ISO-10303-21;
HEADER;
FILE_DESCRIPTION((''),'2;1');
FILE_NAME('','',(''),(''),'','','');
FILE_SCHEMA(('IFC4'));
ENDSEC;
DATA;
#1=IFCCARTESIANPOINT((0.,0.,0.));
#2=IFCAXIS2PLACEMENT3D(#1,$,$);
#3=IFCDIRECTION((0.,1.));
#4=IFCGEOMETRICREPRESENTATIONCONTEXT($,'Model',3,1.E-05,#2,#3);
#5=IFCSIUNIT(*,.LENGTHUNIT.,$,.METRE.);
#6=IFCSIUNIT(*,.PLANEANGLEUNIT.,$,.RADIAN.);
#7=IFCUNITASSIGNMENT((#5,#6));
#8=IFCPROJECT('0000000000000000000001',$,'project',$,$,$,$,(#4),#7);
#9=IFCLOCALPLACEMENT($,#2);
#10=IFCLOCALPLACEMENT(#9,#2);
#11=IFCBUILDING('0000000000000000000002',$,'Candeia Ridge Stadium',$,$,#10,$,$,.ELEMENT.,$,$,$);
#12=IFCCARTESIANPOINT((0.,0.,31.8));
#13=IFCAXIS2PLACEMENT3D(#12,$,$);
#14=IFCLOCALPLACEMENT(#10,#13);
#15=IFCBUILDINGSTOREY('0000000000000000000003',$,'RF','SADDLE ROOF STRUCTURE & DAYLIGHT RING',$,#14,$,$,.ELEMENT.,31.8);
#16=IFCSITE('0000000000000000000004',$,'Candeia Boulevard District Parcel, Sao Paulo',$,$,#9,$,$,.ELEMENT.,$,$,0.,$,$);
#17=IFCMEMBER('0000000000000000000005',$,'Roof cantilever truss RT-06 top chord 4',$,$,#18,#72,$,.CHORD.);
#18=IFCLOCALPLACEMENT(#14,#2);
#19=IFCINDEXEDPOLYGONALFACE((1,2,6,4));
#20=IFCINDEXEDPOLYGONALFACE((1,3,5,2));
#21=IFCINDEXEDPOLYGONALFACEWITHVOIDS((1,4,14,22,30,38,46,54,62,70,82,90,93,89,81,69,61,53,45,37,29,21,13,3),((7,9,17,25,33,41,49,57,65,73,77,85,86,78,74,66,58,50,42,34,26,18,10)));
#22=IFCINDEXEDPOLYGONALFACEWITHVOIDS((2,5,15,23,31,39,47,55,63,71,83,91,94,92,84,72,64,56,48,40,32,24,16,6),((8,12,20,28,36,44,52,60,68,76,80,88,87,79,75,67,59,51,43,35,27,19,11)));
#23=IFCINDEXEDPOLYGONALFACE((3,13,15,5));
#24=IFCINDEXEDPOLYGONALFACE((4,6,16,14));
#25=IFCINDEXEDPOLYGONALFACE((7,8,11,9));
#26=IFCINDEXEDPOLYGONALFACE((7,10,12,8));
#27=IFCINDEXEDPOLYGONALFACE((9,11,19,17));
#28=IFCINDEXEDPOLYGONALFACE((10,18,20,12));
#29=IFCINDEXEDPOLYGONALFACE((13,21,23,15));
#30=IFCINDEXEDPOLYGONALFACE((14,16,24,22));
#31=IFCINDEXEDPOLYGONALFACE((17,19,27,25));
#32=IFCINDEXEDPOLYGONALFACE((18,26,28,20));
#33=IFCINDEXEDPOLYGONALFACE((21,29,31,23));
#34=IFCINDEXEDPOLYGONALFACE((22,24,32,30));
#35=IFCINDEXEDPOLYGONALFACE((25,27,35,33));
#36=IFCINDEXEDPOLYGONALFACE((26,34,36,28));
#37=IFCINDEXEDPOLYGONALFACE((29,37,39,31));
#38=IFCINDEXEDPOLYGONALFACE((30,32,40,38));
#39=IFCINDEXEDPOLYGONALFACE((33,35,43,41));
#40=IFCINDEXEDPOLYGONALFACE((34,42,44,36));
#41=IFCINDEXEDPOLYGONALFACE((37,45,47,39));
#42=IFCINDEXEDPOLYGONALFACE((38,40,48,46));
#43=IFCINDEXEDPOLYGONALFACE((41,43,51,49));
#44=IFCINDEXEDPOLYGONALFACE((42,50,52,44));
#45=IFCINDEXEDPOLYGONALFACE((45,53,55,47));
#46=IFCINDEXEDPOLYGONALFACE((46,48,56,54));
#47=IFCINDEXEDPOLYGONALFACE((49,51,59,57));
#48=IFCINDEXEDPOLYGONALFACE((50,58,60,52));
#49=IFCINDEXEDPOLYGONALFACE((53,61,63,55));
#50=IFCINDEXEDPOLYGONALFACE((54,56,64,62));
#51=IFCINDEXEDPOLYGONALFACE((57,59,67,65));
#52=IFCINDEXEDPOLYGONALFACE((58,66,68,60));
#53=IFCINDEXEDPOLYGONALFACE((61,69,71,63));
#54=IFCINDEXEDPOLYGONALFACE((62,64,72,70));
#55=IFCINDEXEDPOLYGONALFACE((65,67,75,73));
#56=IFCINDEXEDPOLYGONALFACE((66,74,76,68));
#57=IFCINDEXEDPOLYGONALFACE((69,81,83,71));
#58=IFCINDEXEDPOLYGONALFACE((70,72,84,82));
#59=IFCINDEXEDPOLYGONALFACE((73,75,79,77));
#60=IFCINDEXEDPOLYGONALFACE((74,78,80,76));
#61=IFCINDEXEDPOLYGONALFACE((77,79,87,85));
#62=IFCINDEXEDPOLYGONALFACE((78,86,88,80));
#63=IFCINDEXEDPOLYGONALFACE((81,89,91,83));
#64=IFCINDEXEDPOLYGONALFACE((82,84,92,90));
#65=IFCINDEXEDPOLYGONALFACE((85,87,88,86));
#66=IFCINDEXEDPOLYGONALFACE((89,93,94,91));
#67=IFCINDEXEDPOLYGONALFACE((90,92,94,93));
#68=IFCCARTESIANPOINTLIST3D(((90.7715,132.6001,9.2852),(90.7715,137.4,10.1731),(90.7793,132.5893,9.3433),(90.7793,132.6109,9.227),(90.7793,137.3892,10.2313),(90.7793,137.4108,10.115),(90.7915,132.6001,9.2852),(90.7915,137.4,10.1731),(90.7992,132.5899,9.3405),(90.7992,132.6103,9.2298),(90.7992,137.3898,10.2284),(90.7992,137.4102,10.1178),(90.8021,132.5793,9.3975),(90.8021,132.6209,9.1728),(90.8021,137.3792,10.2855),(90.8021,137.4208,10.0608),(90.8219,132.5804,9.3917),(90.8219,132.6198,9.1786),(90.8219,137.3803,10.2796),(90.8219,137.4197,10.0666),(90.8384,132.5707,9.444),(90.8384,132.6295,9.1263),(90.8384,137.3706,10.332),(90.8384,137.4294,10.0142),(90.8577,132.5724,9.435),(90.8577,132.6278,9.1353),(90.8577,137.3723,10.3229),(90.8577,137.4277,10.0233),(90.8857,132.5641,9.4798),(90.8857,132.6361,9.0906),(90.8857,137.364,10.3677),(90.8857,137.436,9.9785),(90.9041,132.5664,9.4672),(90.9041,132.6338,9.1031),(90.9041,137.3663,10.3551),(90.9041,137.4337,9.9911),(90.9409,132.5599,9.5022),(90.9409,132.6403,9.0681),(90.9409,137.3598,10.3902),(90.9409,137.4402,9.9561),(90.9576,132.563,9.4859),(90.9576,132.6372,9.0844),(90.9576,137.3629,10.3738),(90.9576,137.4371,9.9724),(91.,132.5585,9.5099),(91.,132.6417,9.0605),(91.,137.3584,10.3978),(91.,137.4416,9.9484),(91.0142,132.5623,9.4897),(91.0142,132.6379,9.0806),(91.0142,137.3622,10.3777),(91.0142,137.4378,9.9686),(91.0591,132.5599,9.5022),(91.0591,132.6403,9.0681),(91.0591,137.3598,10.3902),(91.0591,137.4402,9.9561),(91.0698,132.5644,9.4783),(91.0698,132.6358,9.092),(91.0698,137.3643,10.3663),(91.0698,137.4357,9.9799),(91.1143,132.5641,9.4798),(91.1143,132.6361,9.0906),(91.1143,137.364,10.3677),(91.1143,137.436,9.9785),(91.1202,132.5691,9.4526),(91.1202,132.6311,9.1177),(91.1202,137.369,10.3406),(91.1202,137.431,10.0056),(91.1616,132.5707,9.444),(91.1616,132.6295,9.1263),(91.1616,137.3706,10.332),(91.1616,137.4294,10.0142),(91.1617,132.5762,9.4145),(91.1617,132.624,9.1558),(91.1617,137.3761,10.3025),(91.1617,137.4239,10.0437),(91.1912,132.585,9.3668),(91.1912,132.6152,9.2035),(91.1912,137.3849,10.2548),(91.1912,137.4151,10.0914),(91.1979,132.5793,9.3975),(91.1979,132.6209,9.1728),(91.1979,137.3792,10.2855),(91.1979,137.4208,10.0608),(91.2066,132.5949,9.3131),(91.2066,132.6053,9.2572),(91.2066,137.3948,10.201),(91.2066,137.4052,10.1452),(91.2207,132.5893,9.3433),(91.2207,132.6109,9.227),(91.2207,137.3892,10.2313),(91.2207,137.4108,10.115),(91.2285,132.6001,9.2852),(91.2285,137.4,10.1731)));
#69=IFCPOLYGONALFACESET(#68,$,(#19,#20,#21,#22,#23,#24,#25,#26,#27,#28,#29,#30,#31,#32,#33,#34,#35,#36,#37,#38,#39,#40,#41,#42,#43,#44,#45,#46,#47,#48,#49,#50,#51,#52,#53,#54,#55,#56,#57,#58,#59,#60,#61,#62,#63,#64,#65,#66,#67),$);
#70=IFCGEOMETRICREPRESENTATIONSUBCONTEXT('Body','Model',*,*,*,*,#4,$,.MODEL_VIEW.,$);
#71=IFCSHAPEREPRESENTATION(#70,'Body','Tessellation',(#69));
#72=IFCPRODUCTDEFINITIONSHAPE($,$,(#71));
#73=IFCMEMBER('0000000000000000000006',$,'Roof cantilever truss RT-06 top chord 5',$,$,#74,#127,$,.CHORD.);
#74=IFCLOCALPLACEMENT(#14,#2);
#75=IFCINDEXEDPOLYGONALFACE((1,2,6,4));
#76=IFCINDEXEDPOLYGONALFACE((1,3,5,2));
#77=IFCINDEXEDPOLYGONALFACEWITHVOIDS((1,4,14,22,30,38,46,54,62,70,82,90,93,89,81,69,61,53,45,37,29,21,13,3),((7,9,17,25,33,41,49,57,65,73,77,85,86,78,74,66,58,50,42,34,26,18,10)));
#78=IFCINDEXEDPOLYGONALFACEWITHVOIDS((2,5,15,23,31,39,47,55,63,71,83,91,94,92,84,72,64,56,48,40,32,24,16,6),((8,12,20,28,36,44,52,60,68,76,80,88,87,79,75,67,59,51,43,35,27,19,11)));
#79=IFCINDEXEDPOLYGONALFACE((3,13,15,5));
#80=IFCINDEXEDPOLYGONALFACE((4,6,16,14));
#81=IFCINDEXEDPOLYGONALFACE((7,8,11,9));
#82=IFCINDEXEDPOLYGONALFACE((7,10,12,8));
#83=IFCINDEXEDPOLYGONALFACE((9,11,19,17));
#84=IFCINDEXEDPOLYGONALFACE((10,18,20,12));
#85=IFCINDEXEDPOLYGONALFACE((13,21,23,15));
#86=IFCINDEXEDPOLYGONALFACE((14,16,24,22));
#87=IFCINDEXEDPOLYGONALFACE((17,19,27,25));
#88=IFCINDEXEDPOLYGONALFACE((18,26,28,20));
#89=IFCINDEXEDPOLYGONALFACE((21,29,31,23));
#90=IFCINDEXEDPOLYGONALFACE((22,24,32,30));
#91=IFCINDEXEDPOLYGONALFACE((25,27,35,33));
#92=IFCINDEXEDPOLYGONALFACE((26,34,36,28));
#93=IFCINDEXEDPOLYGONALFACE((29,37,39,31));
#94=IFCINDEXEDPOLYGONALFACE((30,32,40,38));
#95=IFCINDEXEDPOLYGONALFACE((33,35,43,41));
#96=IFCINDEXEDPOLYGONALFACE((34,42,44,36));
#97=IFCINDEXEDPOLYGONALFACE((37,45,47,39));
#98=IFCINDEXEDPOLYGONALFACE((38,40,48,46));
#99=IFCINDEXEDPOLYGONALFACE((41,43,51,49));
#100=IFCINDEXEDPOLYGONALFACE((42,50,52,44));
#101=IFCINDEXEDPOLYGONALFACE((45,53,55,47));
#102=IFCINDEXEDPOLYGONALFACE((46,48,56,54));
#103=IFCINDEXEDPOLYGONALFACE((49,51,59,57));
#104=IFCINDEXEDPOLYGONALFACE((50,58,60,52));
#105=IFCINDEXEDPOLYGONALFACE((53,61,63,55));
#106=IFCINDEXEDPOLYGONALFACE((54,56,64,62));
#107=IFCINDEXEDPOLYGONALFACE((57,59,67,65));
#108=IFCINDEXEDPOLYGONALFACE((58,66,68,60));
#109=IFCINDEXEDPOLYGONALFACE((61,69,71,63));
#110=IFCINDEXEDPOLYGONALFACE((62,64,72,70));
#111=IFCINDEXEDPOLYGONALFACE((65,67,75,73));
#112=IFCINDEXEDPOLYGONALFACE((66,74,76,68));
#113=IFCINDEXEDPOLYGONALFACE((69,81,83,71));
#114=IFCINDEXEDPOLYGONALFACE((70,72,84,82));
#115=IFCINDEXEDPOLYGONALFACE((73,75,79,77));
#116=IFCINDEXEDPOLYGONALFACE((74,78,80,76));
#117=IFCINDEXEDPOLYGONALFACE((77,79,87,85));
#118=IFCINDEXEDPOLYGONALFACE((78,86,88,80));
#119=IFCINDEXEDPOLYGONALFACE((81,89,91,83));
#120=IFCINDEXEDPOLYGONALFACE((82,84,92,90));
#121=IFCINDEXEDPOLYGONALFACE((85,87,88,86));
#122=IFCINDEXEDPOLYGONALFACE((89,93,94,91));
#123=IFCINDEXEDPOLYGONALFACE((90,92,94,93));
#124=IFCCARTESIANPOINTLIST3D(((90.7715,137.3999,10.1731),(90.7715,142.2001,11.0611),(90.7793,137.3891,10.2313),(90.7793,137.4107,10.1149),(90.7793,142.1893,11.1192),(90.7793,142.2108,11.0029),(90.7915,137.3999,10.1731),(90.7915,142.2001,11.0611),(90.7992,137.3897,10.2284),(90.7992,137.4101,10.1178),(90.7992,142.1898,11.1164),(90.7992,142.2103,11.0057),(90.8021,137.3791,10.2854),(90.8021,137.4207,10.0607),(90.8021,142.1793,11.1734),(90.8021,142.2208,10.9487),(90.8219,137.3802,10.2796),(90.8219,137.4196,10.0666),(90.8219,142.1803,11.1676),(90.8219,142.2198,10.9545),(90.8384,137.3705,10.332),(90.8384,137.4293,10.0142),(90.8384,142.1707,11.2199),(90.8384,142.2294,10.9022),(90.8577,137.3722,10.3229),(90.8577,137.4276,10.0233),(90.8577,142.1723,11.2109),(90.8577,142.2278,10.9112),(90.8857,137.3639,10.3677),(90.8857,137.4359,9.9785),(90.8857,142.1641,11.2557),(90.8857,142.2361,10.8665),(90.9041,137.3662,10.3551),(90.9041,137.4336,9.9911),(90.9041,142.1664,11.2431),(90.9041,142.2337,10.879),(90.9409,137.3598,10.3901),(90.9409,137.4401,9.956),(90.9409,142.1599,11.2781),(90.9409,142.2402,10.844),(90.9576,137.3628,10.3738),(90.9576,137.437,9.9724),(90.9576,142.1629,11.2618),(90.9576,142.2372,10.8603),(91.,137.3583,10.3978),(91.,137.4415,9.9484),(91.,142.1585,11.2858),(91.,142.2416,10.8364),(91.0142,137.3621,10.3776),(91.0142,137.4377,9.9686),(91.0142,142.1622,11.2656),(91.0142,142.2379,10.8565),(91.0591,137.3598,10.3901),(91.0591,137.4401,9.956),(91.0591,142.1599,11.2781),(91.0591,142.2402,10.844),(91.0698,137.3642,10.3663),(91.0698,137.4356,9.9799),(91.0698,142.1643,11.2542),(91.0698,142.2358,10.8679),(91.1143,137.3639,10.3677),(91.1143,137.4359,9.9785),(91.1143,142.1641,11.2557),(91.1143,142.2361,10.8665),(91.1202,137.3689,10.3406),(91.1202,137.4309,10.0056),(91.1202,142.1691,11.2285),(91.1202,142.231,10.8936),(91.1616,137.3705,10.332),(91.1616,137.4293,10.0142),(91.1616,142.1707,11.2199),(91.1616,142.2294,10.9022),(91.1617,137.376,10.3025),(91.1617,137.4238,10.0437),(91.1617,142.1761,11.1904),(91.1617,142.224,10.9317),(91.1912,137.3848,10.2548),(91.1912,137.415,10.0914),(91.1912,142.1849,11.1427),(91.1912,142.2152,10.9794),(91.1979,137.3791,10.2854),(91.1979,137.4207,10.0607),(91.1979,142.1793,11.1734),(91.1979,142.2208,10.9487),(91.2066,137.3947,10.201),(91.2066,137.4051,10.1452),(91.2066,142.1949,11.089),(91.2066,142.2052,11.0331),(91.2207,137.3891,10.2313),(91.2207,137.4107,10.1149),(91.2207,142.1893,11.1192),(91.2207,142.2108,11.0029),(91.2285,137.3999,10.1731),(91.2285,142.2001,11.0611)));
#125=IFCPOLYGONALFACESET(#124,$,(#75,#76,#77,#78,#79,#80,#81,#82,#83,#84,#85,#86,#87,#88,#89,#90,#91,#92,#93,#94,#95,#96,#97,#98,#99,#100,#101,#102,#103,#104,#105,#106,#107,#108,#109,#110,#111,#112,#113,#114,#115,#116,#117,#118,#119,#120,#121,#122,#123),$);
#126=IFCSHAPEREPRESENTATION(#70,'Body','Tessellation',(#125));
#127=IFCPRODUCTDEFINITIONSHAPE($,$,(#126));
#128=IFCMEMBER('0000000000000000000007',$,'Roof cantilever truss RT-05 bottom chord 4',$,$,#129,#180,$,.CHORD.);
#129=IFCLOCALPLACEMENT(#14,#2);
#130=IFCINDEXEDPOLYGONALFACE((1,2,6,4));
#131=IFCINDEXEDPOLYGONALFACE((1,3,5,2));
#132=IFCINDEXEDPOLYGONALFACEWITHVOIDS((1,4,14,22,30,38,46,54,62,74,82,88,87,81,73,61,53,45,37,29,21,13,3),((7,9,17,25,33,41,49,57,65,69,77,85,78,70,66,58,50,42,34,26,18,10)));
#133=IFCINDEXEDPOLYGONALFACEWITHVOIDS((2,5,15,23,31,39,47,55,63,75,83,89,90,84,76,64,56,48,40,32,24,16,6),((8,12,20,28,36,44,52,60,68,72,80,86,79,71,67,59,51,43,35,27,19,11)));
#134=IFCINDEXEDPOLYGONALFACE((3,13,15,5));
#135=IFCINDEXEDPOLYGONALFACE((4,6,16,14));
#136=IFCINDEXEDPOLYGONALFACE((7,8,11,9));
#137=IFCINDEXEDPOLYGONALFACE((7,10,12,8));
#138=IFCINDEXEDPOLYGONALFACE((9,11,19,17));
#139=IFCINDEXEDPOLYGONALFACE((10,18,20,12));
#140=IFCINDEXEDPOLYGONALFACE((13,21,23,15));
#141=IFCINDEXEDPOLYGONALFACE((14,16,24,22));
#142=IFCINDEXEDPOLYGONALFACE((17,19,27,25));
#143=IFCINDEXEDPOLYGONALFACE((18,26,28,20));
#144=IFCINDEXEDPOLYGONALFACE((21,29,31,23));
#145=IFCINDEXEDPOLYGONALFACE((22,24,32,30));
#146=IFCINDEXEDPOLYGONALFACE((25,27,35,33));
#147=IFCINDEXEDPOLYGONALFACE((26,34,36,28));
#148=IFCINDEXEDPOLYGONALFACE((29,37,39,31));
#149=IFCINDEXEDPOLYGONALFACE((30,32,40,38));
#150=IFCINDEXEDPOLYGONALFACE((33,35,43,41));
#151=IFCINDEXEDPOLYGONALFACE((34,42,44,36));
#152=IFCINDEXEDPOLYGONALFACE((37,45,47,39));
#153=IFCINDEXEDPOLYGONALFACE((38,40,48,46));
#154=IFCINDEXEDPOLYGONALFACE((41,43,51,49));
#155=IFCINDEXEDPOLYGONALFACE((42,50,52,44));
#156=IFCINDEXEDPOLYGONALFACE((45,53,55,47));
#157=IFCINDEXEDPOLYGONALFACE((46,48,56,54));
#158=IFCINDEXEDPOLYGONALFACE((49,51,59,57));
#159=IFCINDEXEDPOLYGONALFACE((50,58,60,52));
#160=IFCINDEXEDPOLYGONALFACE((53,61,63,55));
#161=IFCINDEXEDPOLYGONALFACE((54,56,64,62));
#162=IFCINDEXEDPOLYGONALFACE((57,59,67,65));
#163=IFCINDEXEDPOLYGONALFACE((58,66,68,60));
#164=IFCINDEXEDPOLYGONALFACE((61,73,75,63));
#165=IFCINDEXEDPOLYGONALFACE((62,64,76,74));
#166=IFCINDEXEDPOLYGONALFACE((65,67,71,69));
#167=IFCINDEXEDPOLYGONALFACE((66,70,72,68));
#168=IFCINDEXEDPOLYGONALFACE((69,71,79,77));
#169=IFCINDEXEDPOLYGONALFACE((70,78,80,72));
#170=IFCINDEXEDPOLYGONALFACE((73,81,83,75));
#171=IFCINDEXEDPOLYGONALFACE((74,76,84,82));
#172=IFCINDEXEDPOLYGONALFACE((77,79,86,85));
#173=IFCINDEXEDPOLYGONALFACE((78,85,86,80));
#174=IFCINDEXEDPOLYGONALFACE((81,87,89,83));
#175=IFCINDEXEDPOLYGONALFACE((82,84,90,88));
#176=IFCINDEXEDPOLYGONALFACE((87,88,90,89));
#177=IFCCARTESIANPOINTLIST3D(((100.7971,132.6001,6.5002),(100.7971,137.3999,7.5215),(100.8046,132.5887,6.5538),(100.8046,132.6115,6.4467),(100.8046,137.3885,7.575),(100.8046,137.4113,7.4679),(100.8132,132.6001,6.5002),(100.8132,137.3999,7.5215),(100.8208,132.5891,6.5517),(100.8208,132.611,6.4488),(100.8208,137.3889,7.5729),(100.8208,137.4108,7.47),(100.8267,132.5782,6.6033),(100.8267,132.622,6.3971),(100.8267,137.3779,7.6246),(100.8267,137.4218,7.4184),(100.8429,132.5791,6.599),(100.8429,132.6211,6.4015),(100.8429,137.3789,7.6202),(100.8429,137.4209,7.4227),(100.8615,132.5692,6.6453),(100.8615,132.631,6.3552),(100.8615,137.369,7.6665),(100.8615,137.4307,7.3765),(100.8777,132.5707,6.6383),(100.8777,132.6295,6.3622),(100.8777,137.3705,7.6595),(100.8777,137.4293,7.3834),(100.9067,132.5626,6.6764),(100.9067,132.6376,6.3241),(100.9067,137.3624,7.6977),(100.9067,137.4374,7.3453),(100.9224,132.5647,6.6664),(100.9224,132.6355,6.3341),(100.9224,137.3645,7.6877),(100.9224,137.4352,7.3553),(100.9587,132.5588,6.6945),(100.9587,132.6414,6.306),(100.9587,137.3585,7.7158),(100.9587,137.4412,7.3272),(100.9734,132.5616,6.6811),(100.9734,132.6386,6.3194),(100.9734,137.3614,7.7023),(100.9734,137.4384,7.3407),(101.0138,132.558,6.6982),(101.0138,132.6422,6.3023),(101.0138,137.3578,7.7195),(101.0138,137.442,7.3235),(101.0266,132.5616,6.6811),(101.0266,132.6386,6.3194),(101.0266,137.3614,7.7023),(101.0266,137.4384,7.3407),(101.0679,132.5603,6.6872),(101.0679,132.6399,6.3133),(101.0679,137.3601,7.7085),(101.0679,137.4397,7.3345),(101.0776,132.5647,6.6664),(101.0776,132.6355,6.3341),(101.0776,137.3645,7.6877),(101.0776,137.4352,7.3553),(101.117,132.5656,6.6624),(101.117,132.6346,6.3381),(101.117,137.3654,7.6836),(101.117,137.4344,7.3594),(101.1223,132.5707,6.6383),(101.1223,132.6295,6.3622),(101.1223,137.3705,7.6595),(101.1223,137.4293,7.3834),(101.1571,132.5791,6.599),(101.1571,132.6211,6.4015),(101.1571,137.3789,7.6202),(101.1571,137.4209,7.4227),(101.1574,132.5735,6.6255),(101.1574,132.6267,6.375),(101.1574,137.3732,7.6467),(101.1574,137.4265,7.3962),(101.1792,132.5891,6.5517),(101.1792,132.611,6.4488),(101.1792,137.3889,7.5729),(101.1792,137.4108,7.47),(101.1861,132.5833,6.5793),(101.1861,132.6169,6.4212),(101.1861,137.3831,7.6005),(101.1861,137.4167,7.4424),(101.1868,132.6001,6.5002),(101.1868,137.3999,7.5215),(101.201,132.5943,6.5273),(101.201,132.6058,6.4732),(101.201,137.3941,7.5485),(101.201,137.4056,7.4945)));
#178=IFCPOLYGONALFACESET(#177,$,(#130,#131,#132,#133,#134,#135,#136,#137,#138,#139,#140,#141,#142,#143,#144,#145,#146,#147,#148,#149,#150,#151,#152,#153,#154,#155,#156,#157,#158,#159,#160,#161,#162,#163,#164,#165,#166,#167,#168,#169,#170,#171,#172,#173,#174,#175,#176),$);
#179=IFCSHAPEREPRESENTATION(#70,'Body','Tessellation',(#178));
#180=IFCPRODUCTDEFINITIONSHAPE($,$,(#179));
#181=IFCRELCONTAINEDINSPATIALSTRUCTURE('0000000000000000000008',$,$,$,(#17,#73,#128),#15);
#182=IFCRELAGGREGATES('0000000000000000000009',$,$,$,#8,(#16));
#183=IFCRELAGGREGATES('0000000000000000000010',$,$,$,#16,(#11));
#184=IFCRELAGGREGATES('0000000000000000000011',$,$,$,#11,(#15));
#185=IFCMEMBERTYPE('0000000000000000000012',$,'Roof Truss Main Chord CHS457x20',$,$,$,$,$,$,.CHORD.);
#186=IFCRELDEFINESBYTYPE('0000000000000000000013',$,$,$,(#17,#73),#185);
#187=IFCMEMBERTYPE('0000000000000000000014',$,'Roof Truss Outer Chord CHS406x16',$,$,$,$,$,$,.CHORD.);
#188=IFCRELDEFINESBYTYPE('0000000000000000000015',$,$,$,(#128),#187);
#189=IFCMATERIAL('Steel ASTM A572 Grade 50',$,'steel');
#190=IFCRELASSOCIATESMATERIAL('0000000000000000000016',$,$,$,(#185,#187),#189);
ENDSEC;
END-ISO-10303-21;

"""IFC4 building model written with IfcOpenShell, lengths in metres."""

from ifc_helpers import new_model, si_unit, direction, frame, origin, origin_2d, place, context, subcontext, project, spatial, hollow_circle, extrude, material, material_profile, profile_set, type_object, element, save


model = new_model("IFC4")

# Units and contexts
model_context = context("Model", 3, precision=1e-05, world=origin(), true_north=direction((0.0, 1.0)))
body_context = subcontext(model_context, "Body", "Model", "MODEL_VIEW")
ifc_project = project(units=[si_unit("LENGTHUNIT", "METRE"), si_unit("PLANEANGLEUNIT", "RADIAN")], contexts=[model_context])

# Site, building, storey
site_placement = place(None, origin())
site = spatial("IfcSite", under=ifc_project, at=site_placement, Name="Candeia Boulevard District Parcel, Sao Paulo", CompositionType="ELEMENT", RefElevation=0.0)
building_placement = place(site_placement, origin())
building = spatial("IfcBuilding", under=site, at=building_placement, Name="Candeia Ridge Stadium", CompositionType="ELEMENT")
storey_placement = place(building_placement, frame((0.0, 0.0, 31.8)))
storey = spatial("IfcBuildingStorey", under=building, at=storey_placement, Name="RF", Description="SADDLE ROOF STRUCTURE & DAYLIGHT RING", CompositionType="ELEMENT", Elevation=31.8)

# Shared definitions
ifc_material = material(Name="Steel ASTM A572 Grade 50", Category="steel")

# Members
ifc_material_profile_1 = material_profile(ifc_material, hollow_circle(Radius=0.2285, WallThickness=0.02, at=origin_2d()), Name="CHS457x20", Category="steel")
ifc_profile_set_1 = profile_set([ifc_material_profile_1], Name="Steel ASTM A572 Grade 50")
member_type_1 = type_object("IfcMemberType", Name="Roof Truss Main Chord CHS457x20", PredefinedType="CHORD", material=ifc_profile_set_1)
member_1_placement = place(storey_placement, frame((91.0, 132.6001, 9.2852), z_axis=(0.0, 0.983315, 0.181908), x_axis=(-1.0, 0.0, 0.0)))
element("IfcMember", 1, at=member_1_placement, inside=storey, type_object=member_type_1, Name="Roof cantilever truss RT-06 top chord 4", PredefinedType="CHORD", context=body_context, shape_type="SweptSolid", body=[
    extrude(hollow_circle(Radius=0.2285, WallThickness=0.02, at=origin_2d()), origin(), (0.0, 0.0, 1.0), 4.8813),
])
member_2_placement = place(storey_placement, frame((91.0, 137.3999, 10.1731), z_axis=(0.0, 0.983317, 0.181899), x_axis=(-1.0, 0.0, 0.0)))
element("IfcMember", 2, at=member_2_placement, inside=storey, type_object=member_type_1, Name="Roof cantilever truss RT-06 top chord 5", PredefinedType="CHORD", context=body_context, shape_type="SweptSolid", body=[
    extrude(hollow_circle(Radius=0.2285, WallThickness=0.02, at=origin_2d()), origin(), (0.0, 0.0, 1.0), 4.8816),
])
ifc_material_profile_2 = material_profile(ifc_material, hollow_circle(Radius=0.2029, WallThickness=0.0161, at=origin_2d()), Name="CHS406x16", Category="steel")
ifc_profile_set_2 = profile_set([ifc_material_profile_2], Name="Steel ASTM A572 Grade 50")
member_type_2 = type_object("IfcMemberType", Name="Roof Truss Outer Chord CHS406x16", PredefinedType="CHORD", material=ifc_profile_set_2)
member_3_placement = place(storey_placement, frame((101.0, 132.6001, 6.5002), z_axis=(0.0, 0.978106, 0.208109), x_axis=(-1.0, 0.0, 0.0)))
element("IfcMember", 3, at=member_3_placement, inside=storey, type_object=member_type_2, Name="Roof cantilever truss RT-05 bottom chord 4", PredefinedType="CHORD", context=body_context, shape_type="SweptSolid", body=[
    extrude(hollow_circle(Radius=0.2029, WallThickness=0.0161, at=origin_2d()), origin(), (0.0, 0.0, 1.0), 4.9072),
])

save(model, "model.ifc")
